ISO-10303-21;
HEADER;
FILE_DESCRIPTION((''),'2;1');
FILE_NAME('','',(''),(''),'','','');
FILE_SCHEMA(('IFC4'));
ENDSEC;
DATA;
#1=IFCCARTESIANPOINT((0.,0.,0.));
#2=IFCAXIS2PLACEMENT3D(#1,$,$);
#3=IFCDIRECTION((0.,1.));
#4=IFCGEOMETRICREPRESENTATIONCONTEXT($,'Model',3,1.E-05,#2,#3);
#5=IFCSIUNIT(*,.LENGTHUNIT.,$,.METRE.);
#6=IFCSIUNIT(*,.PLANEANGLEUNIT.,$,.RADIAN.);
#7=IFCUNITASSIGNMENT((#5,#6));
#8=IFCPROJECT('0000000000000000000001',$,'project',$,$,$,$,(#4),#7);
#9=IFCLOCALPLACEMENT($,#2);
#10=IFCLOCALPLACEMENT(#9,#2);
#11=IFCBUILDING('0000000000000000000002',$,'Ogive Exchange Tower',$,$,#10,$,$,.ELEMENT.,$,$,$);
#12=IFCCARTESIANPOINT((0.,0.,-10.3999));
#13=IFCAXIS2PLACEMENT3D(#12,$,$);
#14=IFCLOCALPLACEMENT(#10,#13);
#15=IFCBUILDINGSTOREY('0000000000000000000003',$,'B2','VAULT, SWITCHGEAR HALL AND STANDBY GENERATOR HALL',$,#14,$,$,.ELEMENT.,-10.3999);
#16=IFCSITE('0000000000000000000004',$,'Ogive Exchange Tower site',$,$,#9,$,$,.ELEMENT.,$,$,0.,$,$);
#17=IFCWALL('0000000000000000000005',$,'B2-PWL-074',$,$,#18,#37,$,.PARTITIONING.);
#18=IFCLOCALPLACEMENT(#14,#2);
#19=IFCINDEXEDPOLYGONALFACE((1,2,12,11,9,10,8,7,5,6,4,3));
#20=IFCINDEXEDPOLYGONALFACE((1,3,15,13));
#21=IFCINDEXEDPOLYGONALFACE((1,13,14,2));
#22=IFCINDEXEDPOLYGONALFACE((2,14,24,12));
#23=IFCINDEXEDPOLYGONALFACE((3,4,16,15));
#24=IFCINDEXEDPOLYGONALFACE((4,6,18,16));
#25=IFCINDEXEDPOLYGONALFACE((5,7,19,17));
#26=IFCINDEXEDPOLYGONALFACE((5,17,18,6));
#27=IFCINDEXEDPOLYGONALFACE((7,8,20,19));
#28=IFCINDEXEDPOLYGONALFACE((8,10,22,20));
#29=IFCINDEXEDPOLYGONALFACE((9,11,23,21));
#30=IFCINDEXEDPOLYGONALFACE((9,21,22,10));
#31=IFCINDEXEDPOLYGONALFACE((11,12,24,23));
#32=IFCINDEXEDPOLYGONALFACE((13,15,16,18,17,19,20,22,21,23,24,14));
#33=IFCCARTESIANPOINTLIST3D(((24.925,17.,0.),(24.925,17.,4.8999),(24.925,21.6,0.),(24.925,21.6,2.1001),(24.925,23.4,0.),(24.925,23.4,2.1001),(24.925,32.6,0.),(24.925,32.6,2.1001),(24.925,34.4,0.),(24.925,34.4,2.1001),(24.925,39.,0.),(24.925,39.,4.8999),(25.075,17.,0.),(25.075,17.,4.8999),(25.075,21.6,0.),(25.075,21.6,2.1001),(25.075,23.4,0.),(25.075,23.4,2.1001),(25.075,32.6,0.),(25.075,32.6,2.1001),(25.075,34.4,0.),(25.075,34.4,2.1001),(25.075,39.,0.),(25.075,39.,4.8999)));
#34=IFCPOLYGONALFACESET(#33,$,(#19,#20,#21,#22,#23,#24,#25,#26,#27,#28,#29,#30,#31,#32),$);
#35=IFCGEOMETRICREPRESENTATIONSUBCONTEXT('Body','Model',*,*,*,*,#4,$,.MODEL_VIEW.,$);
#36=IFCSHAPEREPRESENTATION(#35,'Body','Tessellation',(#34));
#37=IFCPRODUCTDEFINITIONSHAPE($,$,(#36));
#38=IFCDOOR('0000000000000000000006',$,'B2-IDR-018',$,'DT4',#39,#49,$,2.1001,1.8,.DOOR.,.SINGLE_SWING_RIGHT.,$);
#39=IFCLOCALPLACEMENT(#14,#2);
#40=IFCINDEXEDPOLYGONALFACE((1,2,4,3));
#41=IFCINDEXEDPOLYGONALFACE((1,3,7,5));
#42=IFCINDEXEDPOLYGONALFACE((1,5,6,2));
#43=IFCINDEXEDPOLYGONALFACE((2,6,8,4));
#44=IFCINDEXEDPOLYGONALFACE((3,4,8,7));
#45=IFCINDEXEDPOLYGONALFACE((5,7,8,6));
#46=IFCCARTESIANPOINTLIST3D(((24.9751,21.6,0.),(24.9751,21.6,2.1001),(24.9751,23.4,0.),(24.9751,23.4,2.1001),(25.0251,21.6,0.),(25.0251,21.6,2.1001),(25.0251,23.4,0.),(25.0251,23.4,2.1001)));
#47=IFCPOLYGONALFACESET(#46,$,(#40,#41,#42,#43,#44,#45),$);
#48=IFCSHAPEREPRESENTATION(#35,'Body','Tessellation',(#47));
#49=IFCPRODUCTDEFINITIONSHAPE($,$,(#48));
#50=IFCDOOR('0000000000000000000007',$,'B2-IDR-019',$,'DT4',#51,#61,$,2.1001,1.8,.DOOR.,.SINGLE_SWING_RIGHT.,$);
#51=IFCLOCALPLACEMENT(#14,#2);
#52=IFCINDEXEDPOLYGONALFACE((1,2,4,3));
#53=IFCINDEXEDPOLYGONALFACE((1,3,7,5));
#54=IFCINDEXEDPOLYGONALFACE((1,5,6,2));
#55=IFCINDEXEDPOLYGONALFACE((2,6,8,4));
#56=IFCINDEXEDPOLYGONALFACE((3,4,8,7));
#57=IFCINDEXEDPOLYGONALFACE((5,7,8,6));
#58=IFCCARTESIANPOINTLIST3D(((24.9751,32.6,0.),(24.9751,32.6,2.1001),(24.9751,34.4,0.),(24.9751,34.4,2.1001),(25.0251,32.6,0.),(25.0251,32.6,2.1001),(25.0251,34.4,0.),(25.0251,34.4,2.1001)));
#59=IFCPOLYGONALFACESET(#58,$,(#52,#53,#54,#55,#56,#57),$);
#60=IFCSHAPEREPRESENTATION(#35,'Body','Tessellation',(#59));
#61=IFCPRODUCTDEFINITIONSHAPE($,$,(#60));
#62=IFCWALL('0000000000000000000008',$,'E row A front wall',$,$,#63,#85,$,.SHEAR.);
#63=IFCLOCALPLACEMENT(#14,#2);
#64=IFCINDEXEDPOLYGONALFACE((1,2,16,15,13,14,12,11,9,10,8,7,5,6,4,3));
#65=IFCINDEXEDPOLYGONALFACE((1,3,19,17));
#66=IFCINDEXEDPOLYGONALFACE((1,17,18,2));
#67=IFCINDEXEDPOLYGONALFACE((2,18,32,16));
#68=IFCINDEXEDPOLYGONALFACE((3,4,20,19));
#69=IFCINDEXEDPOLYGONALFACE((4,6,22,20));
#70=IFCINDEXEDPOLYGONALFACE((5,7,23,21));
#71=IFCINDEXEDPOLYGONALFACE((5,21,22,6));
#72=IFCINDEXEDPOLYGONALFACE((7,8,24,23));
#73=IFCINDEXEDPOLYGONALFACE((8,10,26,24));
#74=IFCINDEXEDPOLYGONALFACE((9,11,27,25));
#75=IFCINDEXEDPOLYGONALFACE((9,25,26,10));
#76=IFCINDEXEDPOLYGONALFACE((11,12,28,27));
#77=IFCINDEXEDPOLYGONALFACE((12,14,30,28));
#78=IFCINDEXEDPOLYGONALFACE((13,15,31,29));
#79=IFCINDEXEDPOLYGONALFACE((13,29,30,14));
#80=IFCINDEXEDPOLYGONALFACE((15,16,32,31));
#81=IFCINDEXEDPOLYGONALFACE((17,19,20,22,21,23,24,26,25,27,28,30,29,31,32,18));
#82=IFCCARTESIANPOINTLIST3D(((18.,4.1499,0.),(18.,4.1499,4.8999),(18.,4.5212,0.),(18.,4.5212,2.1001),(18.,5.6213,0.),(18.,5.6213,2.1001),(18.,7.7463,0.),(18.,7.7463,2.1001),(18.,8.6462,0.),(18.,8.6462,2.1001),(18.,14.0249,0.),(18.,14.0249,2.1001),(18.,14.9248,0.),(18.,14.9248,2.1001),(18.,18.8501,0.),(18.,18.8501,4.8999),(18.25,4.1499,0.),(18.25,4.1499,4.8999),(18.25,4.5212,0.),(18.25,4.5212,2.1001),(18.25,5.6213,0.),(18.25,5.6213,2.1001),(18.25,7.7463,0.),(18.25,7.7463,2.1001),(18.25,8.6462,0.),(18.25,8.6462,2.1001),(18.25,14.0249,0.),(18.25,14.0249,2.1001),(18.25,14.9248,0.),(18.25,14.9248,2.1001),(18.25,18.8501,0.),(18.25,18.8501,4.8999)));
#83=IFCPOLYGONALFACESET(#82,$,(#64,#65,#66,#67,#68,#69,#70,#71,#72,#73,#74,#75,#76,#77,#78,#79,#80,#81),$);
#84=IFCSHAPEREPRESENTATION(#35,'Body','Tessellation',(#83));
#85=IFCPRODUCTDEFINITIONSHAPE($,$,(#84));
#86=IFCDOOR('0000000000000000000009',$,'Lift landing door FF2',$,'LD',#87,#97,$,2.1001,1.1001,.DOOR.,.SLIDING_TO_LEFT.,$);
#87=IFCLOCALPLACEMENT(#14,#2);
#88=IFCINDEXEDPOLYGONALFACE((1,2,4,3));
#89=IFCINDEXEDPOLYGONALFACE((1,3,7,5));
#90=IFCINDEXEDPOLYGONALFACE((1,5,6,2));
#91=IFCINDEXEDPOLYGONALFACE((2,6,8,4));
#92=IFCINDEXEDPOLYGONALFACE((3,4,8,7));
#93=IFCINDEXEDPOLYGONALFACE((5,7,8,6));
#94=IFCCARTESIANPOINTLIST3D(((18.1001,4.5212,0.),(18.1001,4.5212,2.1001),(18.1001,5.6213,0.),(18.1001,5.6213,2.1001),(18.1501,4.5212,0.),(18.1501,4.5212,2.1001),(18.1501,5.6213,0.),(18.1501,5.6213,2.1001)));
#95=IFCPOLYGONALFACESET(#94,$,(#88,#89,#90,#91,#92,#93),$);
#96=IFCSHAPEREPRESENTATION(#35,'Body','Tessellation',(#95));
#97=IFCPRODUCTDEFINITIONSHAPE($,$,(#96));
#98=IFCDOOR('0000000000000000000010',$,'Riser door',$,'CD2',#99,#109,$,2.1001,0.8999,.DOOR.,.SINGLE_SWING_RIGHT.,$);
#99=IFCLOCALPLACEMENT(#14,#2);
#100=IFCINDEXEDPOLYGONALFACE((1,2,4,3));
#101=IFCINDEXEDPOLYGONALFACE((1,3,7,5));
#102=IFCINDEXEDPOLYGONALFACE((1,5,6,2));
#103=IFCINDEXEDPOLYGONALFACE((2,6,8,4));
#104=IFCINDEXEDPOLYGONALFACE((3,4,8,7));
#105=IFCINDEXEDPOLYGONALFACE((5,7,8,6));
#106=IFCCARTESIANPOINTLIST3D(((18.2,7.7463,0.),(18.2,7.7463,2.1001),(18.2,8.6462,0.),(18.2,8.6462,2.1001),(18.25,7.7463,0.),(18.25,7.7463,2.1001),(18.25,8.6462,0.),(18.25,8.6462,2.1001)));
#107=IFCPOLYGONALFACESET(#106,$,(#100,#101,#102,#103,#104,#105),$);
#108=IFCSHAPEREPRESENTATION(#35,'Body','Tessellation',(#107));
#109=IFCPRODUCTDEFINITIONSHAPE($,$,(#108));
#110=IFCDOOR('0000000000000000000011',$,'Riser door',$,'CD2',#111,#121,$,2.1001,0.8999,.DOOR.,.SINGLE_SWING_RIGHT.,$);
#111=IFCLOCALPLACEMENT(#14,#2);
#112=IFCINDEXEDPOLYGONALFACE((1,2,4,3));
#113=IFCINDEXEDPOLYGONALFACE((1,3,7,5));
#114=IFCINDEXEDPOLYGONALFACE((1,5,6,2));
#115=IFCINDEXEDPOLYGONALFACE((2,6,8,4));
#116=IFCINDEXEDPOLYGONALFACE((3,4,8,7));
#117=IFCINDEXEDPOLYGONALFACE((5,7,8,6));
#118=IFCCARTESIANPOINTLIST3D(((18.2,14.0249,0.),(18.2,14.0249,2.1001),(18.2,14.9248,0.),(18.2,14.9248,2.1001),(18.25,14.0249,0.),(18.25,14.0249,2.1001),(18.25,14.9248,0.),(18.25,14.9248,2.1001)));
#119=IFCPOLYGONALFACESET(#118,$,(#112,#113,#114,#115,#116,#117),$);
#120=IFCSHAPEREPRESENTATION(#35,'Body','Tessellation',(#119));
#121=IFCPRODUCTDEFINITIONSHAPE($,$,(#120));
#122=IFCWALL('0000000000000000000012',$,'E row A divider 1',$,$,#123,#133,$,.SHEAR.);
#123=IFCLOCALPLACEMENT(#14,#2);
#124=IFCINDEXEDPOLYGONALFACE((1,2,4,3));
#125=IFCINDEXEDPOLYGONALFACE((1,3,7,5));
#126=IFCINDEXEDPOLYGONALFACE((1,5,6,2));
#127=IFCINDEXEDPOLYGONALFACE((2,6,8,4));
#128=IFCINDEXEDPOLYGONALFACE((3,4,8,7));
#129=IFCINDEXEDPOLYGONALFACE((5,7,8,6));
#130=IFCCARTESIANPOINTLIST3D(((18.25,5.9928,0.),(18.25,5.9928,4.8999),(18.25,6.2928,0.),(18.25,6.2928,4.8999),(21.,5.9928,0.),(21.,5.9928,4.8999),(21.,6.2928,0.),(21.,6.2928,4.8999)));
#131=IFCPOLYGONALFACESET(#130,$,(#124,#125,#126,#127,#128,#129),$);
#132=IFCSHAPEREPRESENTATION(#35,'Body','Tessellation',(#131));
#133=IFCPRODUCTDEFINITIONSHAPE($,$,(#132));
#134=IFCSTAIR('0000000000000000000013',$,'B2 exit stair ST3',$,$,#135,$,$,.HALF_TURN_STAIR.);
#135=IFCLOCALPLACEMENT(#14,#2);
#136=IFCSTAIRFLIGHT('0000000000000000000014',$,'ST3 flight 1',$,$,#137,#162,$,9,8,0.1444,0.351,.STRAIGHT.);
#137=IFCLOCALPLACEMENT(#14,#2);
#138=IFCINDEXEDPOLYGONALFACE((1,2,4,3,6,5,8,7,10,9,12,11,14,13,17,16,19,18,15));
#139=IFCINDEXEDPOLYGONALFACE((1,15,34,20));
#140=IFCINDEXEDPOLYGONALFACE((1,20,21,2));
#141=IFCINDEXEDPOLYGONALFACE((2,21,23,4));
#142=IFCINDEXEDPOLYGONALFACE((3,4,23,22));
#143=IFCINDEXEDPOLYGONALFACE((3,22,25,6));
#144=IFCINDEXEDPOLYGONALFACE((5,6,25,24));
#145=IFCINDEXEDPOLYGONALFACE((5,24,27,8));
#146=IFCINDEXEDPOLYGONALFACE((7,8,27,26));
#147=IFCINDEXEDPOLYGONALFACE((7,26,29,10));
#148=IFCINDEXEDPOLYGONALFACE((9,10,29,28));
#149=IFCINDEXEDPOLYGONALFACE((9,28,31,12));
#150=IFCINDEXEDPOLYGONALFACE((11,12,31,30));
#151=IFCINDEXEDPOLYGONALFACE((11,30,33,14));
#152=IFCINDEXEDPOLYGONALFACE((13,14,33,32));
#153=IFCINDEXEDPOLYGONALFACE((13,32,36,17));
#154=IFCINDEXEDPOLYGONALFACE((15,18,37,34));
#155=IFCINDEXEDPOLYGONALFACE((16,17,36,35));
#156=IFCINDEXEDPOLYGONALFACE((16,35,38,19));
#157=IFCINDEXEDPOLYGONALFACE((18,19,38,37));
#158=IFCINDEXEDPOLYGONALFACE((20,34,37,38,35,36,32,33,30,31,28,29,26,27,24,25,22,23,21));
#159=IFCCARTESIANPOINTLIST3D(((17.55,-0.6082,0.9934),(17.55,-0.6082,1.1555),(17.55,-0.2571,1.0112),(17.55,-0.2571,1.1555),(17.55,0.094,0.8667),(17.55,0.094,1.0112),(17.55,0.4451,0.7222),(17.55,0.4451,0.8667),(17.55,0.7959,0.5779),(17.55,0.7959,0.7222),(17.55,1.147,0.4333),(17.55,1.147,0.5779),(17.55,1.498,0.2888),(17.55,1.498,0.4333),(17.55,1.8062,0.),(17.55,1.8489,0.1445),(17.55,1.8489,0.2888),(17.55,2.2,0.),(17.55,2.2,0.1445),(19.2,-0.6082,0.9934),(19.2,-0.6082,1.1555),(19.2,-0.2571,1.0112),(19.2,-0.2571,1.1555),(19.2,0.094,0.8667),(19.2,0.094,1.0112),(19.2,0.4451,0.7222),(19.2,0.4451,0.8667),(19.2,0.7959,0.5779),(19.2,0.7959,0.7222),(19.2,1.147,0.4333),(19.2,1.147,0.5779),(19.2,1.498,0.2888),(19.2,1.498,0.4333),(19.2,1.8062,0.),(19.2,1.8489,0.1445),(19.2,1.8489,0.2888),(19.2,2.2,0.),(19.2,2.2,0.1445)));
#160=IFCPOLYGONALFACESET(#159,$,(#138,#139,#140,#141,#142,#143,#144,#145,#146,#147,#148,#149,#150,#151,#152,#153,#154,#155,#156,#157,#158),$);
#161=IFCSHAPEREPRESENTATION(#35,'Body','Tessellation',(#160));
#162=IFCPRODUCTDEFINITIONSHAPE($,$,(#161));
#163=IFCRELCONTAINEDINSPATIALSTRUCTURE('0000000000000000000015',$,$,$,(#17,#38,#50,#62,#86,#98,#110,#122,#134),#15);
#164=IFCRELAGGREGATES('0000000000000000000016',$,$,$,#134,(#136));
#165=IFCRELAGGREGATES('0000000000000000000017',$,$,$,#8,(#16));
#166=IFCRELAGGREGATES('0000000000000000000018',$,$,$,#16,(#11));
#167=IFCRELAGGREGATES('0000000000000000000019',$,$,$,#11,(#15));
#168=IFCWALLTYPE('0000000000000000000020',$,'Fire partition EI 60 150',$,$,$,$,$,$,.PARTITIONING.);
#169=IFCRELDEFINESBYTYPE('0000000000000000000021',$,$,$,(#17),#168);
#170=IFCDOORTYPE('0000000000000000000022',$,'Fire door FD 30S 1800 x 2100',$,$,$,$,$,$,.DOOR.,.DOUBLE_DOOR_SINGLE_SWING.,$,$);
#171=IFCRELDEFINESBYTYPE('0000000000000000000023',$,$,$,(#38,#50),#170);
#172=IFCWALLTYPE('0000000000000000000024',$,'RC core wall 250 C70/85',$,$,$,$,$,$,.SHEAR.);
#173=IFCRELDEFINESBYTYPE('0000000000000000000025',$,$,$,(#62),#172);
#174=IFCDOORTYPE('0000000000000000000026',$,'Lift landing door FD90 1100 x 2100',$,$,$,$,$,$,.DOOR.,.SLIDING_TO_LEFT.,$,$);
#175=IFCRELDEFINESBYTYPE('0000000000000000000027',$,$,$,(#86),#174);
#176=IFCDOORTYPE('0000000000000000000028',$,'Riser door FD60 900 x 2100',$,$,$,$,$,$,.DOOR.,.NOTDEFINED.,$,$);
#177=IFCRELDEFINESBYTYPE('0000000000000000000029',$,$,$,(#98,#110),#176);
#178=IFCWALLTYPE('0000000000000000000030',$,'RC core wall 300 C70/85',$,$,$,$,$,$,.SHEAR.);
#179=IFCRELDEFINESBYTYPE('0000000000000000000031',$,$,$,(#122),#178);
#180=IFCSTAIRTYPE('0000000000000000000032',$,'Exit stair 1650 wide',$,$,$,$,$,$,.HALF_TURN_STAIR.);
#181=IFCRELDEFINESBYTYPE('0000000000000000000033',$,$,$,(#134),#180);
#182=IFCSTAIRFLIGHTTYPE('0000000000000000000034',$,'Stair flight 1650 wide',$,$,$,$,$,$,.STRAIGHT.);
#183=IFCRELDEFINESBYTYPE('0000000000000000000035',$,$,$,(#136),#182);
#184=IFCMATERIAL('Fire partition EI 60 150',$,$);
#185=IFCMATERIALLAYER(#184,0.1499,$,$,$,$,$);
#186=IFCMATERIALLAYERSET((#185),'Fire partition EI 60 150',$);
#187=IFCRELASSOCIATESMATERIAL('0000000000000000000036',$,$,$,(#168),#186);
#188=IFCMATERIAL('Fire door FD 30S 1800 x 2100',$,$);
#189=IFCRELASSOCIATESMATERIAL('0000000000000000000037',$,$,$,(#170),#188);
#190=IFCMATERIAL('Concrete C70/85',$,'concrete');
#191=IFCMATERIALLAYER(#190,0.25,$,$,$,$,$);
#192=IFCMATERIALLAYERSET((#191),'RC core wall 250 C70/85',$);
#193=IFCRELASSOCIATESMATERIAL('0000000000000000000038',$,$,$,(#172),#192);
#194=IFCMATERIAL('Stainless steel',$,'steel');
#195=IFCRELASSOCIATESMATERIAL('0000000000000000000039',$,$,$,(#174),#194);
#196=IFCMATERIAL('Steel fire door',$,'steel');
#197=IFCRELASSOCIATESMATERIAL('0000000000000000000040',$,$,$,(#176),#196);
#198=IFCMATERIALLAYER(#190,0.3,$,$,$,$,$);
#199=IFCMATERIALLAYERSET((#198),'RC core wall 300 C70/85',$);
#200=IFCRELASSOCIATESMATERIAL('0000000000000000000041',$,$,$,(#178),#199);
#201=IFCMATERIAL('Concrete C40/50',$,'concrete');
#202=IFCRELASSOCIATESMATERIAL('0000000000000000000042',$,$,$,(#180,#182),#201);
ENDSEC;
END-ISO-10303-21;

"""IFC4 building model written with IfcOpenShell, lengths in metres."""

from ifc_helpers import new_model, si_unit, direction, frame, frame_2d, origin, place, context, subcontext, project, spatial, polyline, rectangle, outline, extrude, material, layer, layer_set, type_object, element, fill, aggregate, save


model = new_model("IFC4")

# Units and contexts
model_context = context("Model", 3, precision=1e-05, world=origin(), true_north=direction((0.0, 1.0)))
body_context = subcontext(model_context, "Body", "Model", "MODEL_VIEW")
ifc_project = project(units=[si_unit("LENGTHUNIT", "METRE"), si_unit("PLANEANGLEUNIT", "RADIAN")], contexts=[model_context])

# Site, building, storey
site_placement = place(None, origin())
site = spatial("IfcSite", under=ifc_project, at=site_placement, Name="Ogive Exchange Tower site", CompositionType="ELEMENT", RefElevation=0.0)
building_placement = place(site_placement, origin())
building = spatial("IfcBuilding", under=site, at=building_placement, Name="Ogive Exchange Tower", CompositionType="ELEMENT")
storey_placement = place(building_placement, frame((0.0, 0.0, -10.3999)))
storey = spatial("IfcBuildingStorey", under=building, at=storey_placement, Name="B2", Description="VAULT, SWITCHGEAR HALL AND STANDBY GENERATOR HALL", CompositionType="ELEMENT", Elevation=-10.3999)

# Shared definitions
ifc_material_1 = material(Name="Concrete C40/50", Category="concrete")

# Shared definitions
ifc_material_2 = material(Name="Concrete C70/85", Category="concrete")

# Shared definitions
ifc_material_3 = material(Name="Fire partition EI 60 150")
ifc_layer_1 = layer(ifc_material_3, 0.1499)
ifc_layer_set_1 = layer_set([ifc_layer_1], Name="Fire partition EI 60 150")
wall_type_1 = type_object("IfcWallType", Name="Fire partition EI 60 150", PredefinedType="PARTITIONING", material=ifc_layer_set_1)

# Walls, openings, doors
ifc_material_4 = material(Name="Fire door FD 30S 1800 x 2100")
door_type_1 = type_object("IfcDoorType", Name="Fire door FD 30S 1800 x 2100", OperationType="DOUBLE_DOOR_SINGLE_SWING", PredefinedType="DOOR", material=ifc_material_4)
wall_1_placement = place(storey_placement, frame((25.0, 17.0, 0.0), z_axis=(0.0, 0.0, 1.0), x_axis=(0.0, 1.0, 0.0)))
wall_1 = element("IfcWall", 1, at=wall_1_placement, inside=storey, type_object=wall_type_1, Name="B2-PWL-074", PredefinedType="PARTITIONING", context=body_context, shape_type="SweptSolid", body=[
    extrude(rectangle(XDim=22.0, YDim=0.1499, at=frame_2d((11.0, 0.0))), origin(), (0.0, 0.0, 1.0), 4.8999),
])
opening_1_placement = place(wall_1_placement, frame((4.6001, 0.0, 0.0)))
opening_1 = element("IfcOpeningElement", 2, at=opening_1_placement, cuts=wall_1, PredefinedType="OPENING", context=body_context, shape_type="SweptSolid", body=[
    extrude(rectangle(XDim=1.8, YDim=2.1001, at=frame_2d((0.8999, 1.05))), frame((0.0, 0.085, 0.0), z_axis=(0.0, -1.0, 0.0), x_axis=(1.0, 0.0, 0.0)), (0.0, 0.0, 1.0), 0.1699),
])
opening_2_placement = place(wall_1_placement, frame((15.6001, 0.0, 0.0)))
opening_2 = element("IfcOpeningElement", 3, at=opening_2_placement, cuts=wall_1, PredefinedType="OPENING", context=body_context, shape_type="SweptSolid", body=[
    extrude(rectangle(XDim=1.8, YDim=2.1001, at=frame_2d((0.8999, 1.05))), frame((0.0, 0.085, 0.0), z_axis=(0.0, -1.0, 0.0), x_axis=(1.0, 0.0, 0.0)), (0.0, 0.0, 1.0), 0.1699),
])
door_1_placement = place(opening_1_placement, origin())
door_1 = element("IfcDoor", 4, at=door_1_placement, inside=storey, type_object=door_type_1, Name="B2-IDR-018", ObjectType="DT4", OperationType="SINGLE_SWING_RIGHT", OverallHeight=2.1001, OverallWidth=1.8, PredefinedType="DOOR", context=body_context, shape_type="SweptSolid", body=[
    extrude(rectangle(XDim=1.8, YDim=2.1001, at=frame_2d((0.8999, 1.05))), frame((0.0, 0.0249, 0.0), z_axis=(0.0, -1.0, 0.0), x_axis=(1.0, 0.0, 0.0)), (0.0, 0.0, 1.0), 0.05),
])
fill(opening_1, door_1)
door_2_placement = place(opening_2_placement, origin())
door_2 = element("IfcDoor", 5, at=door_2_placement, inside=storey, type_object=door_type_1, Name="B2-IDR-019", ObjectType="DT4", OperationType="SINGLE_SWING_RIGHT", OverallHeight=2.1001, OverallWidth=1.8, PredefinedType="DOOR", context=body_context, shape_type="SweptSolid", body=[
    extrude(rectangle(XDim=1.8, YDim=2.1001, at=frame_2d((0.8999, 1.05))), frame((0.0, 0.0249, 0.0), z_axis=(0.0, -1.0, 0.0), x_axis=(1.0, 0.0, 0.0)), (0.0, 0.0, 1.0), 0.05),
])
fill(opening_2, door_2)
ifc_layer_2 = layer(ifc_material_2, 0.25)
ifc_layer_set_2 = layer_set([ifc_layer_2], Name="RC core wall 250 C70/85")
wall_type_2 = type_object("IfcWallType", Name="RC core wall 250 C70/85", PredefinedType="SHEAR", material=ifc_layer_set_2)
wall_2_placement = place(storey_placement, frame((18.125, 4.1499, 0.0), z_axis=(0.0, 0.0, 1.0), x_axis=(0.0, 1.0, 0.0)))
wall_2 = element("IfcWall", 6, at=wall_2_placement, inside=storey, type_object=wall_type_2, Name="E row A front wall", PredefinedType="SHEAR", context=body_context, shape_type="SweptSolid", body=[
    extrude(rectangle(XDim=14.7002, YDim=0.25, at=frame_2d((7.3501, 0.0))), origin(), (0.0, 0.0, 1.0), 4.8999),
])
opening_3_placement = place(wall_2_placement, frame((3.5964, 0.0, 0.0)))
opening_3 = element("IfcOpeningElement", 7, at=opening_3_placement, cuts=wall_2, PredefinedType="OPENING", context=body_context, shape_type="SweptSolid", body=[
    extrude(rectangle(XDim=0.8999, YDim=2.1001, at=frame_2d((0.45, 1.05))), frame((0.0, 0.135, 0.0), z_axis=(0.0, -1.0, 0.0), x_axis=(1.0, 0.0, 0.0)), (0.0, 0.0, 1.0), 0.27),
])
opening_4_placement = place(wall_2_placement, frame((9.875, 0.0, 0.0)))
opening_4 = element("IfcOpeningElement", 8, at=opening_4_placement, cuts=wall_2, PredefinedType="OPENING", context=body_context, shape_type="SweptSolid", body=[
    extrude(rectangle(XDim=0.8999, YDim=2.1001, at=frame_2d((0.45, 1.05))), frame((0.0, 0.135, 0.0), z_axis=(0.0, -1.0, 0.0), x_axis=(1.0, 0.0, 0.0)), (0.0, 0.0, 1.0), 0.27),
])
opening_5_placement = place(wall_2_placement, frame((0.3713, 0.0, 0.0)))
opening_5 = element("IfcOpeningElement", 9, at=opening_5_placement, cuts=wall_2, PredefinedType="OPENING", context=body_context, shape_type="SweptSolid", body=[
    extrude(rectangle(XDim=1.1001, YDim=2.1001, at=frame_2d((0.55, 1.05))), frame((0.0, 0.135, 0.0), z_axis=(0.0, -1.0, 0.0), x_axis=(1.0, 0.0, 0.0)), (0.0, 0.0, 1.0), 0.27),
])
ifc_material_5 = material(Name="Stainless steel", Category="steel")
door_type_2 = type_object("IfcDoorType", Name="Lift landing door FD90 1100 x 2100", OperationType="SLIDING_TO_LEFT", PredefinedType="DOOR", material=ifc_material_5)
door_3_placement = place(opening_5_placement, origin())
door_3 = element("IfcDoor", 10, at=door_3_placement, inside=storey, type_object=door_type_2, Name="Lift landing door FF2", ObjectType="LD", OperationType="SLIDING_TO_LEFT", OverallHeight=2.1001, OverallWidth=1.1001, PredefinedType="DOOR", context=body_context, shape_type="SweptSolid", body=[
    extrude(rectangle(XDim=1.1001, YDim=2.1001, at=frame_2d((0.55, 1.05))), frame((0.0, 0.0249, 0.0), z_axis=(0.0, -1.0, 0.0), x_axis=(1.0, 0.0, 0.0)), (0.0, 0.0, 1.0), 0.05),
])
fill(opening_5, door_3)
ifc_material_6 = material(Name="Steel fire door", Category="steel")
door_type_3 = type_object("IfcDoorType", Name="Riser door FD60 900 x 2100", OperationType="NOTDEFINED", PredefinedType="DOOR", material=ifc_material_6)
door_4_placement = place(opening_3_placement, frame((0.8999, -0.2002, 0.0), z_axis=(0.0, 0.0, 1.0), x_axis=(-1.0, 0.0, 0.0)))
door_4 = element("IfcDoor", 11, at=door_4_placement, inside=storey, type_object=door_type_3, Name="Riser door", ObjectType="CD2", OperationType="SINGLE_SWING_RIGHT", OverallHeight=2.1001, OverallWidth=0.8999, PredefinedType="DOOR", context=body_context, shape_type="SweptSolid", body=[
    extrude(rectangle(XDim=0.8999, YDim=2.1001, at=frame_2d((0.45, 1.05))), frame((0.0, -0.0752, 0.0), z_axis=(0.0, -1.0, 0.0), x_axis=(1.0, 0.0, 0.0)), (0.0, 0.0, 1.0), 0.05),
])
fill(opening_3, door_4)
door_5_placement = place(opening_4_placement, frame((0.8999, -0.2002, 0.0), z_axis=(0.0, 0.0, 1.0), x_axis=(-1.0, 0.0, 0.0)))
door_5 = element("IfcDoor", 12, at=door_5_placement, inside=storey, type_object=door_type_3, Name="Riser door", ObjectType="CD2", OperationType="SINGLE_SWING_RIGHT", OverallHeight=2.1001, OverallWidth=0.8999, PredefinedType="DOOR", context=body_context, shape_type="SweptSolid", body=[
    extrude(rectangle(XDim=0.8999, YDim=2.1001, at=frame_2d((0.45, 1.05))), frame((0.0, -0.0752, 0.0), z_axis=(0.0, -1.0, 0.0), x_axis=(1.0, 0.0, 0.0)), (0.0, 0.0, 1.0), 0.05),
])
fill(opening_4, door_5)

# Wall
ifc_layer_3 = layer(ifc_material_2, 0.3)
ifc_layer_set_3 = layer_set([ifc_layer_3], Name="RC core wall 300 C70/85")
wall_type_3 = type_object("IfcWallType", Name="RC core wall 300 C70/85", PredefinedType="SHEAR", material=ifc_layer_set_3)
wall_3_placement = place(storey_placement, frame((18.25, 6.1428, 0.0), z_axis=(0.0, 0.0, 1.0), x_axis=(1.0, 0.0, 0.0)))
element("IfcWall", 13, at=wall_3_placement, inside=storey, type_object=wall_type_3, Name="E row A divider 1", PredefinedType="SHEAR", context=body_context, shape_type="SweptSolid", body=[
    extrude(rectangle(XDim=2.75, YDim=0.3, at=frame_2d((1.375, 0.0))), origin(), (0.0, 0.0, 1.0), 4.8999),
])

# Stair, stair flight
stair_type = type_object("IfcStairType", Name="Exit stair 1650 wide", PredefinedType="HALF_TURN_STAIR", material=ifc_material_1)
stair_placement = place(storey_placement, origin())
stair = element("IfcStair", 14, at=stair_placement, inside=storey, type_object=stair_type, Name="B2 exit stair ST3", PredefinedType="HALF_TURN_STAIR")
stair_flight_type = type_object("IfcStairFlightType", Name="Stair flight 1650 wide", PredefinedType="STRAIGHT", material=ifc_material_1)
stair_flight_1_placement = place(storey_placement, frame((18.375, 2.2, 0.0), z_axis=(0.0, 0.0, 1.0), x_axis=(0.0, -1.0, 0.0)))
stair_flight_1 = element("IfcStairFlight", 15, at=stair_flight_1_placement, type_object=stair_flight_type, Name="ST3 flight 1", NumberOfRisers=9, NumberOfTreads=8, PredefinedType="STRAIGHT", RiserHeight=0.1444, TreadLength=0.351, context=body_context, shape_type="SweptSolid", body=[
    extrude(outline(polyline([(0.0, 0.0), (0.0, 0.1445), (0.3511, 0.1445), (0.3511, 0.2888), (0.7019, 0.2888), (0.7019, 0.4333), (1.053, 0.4333), (1.053, 0.5779), (1.4041, 0.5779), (1.4041, 0.7222), (1.7549, 0.7222), (1.7549, 0.8667), (2.106, 0.8667), (2.106, 1.0112), (2.457, 1.0112), (2.457, 1.1555), (2.8081, 1.1555), (2.8081, 1.3), (2.8081, 0.9934), (0.3938, 0.0), (0.0, 0.0)])), frame((0.0, 0.825, 0.0), z_axis=(0.0, -1.0, 0.0), x_axis=(1.0, 0.0, 0.0)), (0.0, 0.0, 1.0), 1.6499),
])
aggregate(stair, [stair_flight_1])

save(model, "model.ifc")
